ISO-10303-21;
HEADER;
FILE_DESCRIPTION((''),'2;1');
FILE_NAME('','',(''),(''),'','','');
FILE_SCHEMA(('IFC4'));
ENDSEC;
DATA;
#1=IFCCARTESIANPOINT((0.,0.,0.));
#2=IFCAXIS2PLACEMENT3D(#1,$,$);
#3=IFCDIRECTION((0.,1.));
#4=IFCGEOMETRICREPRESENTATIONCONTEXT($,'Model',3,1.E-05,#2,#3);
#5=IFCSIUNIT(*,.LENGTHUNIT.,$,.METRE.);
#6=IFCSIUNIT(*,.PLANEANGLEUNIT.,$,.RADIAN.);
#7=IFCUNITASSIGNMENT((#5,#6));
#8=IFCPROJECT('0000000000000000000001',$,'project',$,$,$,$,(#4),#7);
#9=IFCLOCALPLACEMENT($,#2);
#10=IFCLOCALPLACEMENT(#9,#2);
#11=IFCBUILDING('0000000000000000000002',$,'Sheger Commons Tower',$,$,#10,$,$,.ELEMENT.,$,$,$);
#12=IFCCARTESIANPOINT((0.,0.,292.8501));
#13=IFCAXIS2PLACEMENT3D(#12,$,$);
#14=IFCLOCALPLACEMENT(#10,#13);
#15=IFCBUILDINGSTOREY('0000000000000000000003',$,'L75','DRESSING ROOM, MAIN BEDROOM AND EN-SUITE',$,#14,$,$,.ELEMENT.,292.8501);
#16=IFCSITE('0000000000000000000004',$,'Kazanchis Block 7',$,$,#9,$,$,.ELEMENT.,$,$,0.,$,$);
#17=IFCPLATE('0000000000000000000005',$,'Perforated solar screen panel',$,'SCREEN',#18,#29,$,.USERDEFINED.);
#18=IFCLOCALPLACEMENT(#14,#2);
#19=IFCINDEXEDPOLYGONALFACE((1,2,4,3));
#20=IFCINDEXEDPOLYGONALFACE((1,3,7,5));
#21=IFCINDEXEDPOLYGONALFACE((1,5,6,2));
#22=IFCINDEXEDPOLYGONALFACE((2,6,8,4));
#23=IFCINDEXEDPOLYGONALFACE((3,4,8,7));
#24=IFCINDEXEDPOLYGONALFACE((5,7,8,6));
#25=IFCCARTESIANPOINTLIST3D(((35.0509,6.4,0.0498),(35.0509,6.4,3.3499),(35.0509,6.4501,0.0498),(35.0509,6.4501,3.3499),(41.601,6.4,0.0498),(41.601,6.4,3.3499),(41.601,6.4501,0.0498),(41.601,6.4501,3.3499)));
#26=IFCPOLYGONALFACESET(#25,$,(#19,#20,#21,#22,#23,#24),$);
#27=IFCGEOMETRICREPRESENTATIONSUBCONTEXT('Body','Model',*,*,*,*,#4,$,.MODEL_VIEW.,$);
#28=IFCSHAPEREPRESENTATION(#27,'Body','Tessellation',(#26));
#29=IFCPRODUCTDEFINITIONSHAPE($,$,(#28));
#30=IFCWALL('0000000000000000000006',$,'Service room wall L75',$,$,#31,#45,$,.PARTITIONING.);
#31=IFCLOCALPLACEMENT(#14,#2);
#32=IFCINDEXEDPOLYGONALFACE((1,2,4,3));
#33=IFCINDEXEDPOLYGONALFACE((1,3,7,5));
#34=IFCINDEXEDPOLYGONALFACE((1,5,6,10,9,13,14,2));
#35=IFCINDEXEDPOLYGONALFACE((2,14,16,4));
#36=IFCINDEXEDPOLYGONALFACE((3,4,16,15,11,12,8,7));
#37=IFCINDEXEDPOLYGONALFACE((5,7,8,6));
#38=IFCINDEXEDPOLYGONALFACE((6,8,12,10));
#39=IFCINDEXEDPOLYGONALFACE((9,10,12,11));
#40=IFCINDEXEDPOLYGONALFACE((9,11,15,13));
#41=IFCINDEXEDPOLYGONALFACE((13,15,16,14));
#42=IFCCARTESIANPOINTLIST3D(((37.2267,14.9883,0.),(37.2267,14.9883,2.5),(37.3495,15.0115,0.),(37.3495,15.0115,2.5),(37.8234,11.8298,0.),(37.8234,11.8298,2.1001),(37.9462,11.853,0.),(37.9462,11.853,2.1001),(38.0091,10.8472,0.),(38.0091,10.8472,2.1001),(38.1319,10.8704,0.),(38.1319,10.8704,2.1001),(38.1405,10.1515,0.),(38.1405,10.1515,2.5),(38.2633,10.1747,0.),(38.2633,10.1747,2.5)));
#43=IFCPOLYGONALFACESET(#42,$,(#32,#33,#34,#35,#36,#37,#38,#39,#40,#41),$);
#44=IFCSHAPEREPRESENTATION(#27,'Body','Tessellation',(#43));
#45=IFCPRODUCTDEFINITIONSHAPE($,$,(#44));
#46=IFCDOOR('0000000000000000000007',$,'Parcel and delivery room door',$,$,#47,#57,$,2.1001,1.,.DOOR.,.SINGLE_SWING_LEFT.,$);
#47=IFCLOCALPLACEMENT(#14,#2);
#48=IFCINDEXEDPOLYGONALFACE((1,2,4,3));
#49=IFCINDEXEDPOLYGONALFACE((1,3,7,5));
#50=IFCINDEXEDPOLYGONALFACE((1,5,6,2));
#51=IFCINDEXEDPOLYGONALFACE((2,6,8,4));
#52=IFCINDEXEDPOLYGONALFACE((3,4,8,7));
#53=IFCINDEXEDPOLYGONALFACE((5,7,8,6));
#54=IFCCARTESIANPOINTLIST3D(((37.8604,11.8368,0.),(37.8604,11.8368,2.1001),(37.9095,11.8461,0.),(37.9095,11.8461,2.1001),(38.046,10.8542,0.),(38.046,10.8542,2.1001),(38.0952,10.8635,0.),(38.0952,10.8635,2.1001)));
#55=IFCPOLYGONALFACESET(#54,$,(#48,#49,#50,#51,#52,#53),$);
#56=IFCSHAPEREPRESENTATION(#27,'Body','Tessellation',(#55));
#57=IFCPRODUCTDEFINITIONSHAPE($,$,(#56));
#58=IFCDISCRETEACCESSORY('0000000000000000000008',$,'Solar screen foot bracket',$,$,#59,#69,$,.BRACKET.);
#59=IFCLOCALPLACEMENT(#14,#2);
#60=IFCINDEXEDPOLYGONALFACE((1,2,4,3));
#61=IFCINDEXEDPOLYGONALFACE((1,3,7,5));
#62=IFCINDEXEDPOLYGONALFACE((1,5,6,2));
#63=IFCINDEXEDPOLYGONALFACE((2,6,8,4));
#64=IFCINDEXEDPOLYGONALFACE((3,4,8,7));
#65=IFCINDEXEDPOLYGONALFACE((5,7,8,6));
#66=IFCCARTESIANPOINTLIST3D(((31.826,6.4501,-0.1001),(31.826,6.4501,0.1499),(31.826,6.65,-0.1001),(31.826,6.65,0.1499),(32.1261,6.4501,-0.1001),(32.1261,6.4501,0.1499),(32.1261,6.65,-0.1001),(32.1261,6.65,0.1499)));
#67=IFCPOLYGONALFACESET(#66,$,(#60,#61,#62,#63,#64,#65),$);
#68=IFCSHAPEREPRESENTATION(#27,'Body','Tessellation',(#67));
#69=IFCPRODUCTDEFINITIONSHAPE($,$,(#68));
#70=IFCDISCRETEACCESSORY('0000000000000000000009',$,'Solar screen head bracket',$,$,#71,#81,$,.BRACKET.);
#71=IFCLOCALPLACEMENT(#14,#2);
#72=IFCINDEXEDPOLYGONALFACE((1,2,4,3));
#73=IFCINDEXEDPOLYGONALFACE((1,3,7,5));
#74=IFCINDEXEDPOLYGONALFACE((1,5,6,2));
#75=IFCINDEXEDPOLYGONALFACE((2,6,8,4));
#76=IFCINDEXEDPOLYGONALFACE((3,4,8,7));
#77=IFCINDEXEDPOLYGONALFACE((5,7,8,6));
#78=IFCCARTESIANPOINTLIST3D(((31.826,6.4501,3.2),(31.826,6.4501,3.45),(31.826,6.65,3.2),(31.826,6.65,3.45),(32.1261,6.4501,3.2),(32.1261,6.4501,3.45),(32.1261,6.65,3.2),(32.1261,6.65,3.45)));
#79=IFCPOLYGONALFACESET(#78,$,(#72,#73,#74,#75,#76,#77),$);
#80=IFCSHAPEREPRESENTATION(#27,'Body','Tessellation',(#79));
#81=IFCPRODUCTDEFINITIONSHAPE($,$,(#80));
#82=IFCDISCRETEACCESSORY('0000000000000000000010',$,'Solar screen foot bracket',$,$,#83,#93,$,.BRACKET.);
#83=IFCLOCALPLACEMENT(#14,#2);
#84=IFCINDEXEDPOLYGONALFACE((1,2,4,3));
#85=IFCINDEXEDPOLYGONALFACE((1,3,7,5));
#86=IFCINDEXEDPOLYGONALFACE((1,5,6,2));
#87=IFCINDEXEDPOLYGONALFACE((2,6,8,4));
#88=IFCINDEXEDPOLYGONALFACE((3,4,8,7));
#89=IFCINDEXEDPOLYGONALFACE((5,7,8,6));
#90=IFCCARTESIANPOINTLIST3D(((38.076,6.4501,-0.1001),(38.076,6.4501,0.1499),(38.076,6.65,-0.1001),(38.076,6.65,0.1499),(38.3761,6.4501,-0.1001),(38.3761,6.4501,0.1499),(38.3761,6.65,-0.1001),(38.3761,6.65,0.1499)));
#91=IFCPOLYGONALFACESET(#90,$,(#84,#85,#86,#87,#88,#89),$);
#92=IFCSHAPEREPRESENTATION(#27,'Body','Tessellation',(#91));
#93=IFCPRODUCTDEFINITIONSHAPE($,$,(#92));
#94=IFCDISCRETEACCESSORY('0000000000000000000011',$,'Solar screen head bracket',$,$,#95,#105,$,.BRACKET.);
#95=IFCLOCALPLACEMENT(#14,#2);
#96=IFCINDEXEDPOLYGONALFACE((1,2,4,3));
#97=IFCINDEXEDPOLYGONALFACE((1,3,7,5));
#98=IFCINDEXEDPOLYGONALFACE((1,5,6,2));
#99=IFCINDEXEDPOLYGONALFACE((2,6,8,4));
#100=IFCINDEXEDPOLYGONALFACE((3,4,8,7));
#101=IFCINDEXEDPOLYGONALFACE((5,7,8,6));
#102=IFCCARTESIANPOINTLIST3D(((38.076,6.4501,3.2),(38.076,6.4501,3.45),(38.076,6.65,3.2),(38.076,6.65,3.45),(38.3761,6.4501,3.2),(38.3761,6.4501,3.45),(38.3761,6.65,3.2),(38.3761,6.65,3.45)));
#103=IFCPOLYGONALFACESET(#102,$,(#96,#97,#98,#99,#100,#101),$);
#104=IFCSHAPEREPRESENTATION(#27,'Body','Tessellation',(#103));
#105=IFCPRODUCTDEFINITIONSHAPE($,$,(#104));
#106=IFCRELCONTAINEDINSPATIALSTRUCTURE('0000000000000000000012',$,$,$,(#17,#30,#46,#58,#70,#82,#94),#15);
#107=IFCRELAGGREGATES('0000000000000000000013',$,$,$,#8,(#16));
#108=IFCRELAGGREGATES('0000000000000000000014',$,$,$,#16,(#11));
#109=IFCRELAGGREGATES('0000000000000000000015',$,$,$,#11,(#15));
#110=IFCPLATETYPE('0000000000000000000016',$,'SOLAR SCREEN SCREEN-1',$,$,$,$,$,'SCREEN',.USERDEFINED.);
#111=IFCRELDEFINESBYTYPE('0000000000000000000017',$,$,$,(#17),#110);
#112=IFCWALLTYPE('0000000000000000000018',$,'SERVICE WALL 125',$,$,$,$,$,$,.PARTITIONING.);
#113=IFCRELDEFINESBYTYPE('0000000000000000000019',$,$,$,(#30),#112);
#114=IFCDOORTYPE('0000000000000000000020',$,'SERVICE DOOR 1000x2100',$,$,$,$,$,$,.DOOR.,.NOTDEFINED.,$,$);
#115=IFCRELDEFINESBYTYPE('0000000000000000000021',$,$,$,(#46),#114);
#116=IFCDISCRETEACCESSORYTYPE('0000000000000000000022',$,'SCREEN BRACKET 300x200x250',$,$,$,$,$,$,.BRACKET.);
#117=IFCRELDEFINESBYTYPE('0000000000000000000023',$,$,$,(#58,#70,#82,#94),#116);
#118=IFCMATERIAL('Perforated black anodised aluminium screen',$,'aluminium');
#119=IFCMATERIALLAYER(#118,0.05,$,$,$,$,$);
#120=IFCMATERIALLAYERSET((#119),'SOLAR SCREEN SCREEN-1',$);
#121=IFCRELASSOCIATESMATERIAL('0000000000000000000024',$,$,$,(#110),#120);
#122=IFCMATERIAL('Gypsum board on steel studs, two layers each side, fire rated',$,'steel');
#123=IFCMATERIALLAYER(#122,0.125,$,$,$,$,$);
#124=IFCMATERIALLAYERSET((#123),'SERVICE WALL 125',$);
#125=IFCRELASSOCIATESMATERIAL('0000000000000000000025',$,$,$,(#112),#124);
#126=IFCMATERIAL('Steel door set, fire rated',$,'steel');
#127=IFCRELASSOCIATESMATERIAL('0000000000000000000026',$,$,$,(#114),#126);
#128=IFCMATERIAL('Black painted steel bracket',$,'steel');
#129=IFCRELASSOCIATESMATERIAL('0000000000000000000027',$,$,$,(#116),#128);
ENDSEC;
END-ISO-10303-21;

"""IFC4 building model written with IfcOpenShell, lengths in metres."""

from ifc_helpers import new_model, si_unit, direction, frame, frame_2d, origin, origin_2d, place, context, subcontext, project, spatial, rectangle, extrude, material, layer, layer_set, type_object, element, fill, save


model = new_model("IFC4")

# Units and contexts
model_context = context("Model", 3, precision=1e-05, world=origin(), true_north=direction((0.0, 1.0)))
body_context = subcontext(model_context, "Body", "Model", "MODEL_VIEW")
ifc_project = project(units=[si_unit("LENGTHUNIT", "METRE"), si_unit("PLANEANGLEUNIT", "RADIAN")], contexts=[model_context])

# Site, building, storey
site_placement = place(None, origin())
site = spatial("IfcSite", under=ifc_project, at=site_placement, Name="Kazanchis Block 7", CompositionType="ELEMENT", RefElevation=0.0)
building_placement = place(site_placement, origin())
building = spatial("IfcBuilding", under=site, at=building_placement, Name="Sheger Commons Tower", CompositionType="ELEMENT")
storey_placement = place(building_placement, frame((0.0, 0.0, 292.8501)))
storey = spatial("IfcBuildingStorey", under=building, at=storey_placement, Name="L75", Description="DRESSING ROOM, MAIN BEDROOM AND EN-SUITE", CompositionType="ELEMENT", Elevation=292.8501)

# Plate
ifc_material_1 = material(Name="Perforated black anodised aluminium screen", Category="aluminium")
ifc_layer_1 = layer(ifc_material_1, 0.05)
ifc_layer_set_1 = layer_set([ifc_layer_1], Name="SOLAR SCREEN SCREEN-1")
plate_type_1 = type_object("IfcPlateType", Name="SOLAR SCREEN SCREEN-1", ElementType="SCREEN", PredefinedType="USERDEFINED", material=ifc_layer_set_1)
plate_1_placement = place(storey_placement, frame((38.3259, 6.425, 0.0498), z_axis=(0.0, 0.0, 1.0), x_axis=(1.0, 0.0, 0.0)))
element("IfcPlate", 1, at=plate_1_placement, inside=storey, type_object=plate_type_1, Name="Perforated solar screen panel", ObjectType="SCREEN", PredefinedType="USERDEFINED", context=body_context, shape_type="SweptSolid", body=[
    extrude(rectangle(XDim=6.55, YDim=0.05, at=origin_2d()), origin(), (0.0, 0.0, 1.0), 3.3),
])

# Wall, opening, door
ifc_material_2 = material(Name="Gypsum board on steel studs, two layers each side, fire rated", Category="steel")
ifc_layer_2 = layer(ifc_material_2, 0.125)
ifc_layer_set_2 = layer_set([ifc_layer_2], Name="SERVICE WALL 125")
wall_type = type_object("IfcWallType", Name="SERVICE WALL 125", PredefinedType="PARTITIONING", material=ifc_layer_set_2)
wall_placement = place(storey_placement, frame((38.2019, 10.1631, 0.0), z_axis=(0.0, 0.0, 1.0), x_axis=(-0.185642, 0.982617, 0.0)))
wall = element("IfcWall", 2, at=wall_placement, inside=storey, type_object=wall_type, Name="Service room wall L75", PredefinedType="PARTITIONING", context=body_context, shape_type="SweptSolid", body=[
    extrude(rectangle(XDim=4.9224, YDim=0.125, at=frame_2d((2.4612, 0.0))), origin(), (0.0, 0.0, 1.0), 2.5),
])
opening_placement = place(wall_placement, frame((0.708, 0.0, 0.0)))
opening = element("IfcOpeningElement", 3, at=opening_placement, cuts=wall, PredefinedType="OPENING", context=body_context, shape_type="SweptSolid", body=[
    extrude(rectangle(XDim=1.0, YDim=2.1001, at=frame_2d((0.5, 1.05))), frame((0.0, 0.0725, 0.0), z_axis=(0.0, -1.0, 0.0), x_axis=(1.0, 0.0, 0.0)), (0.0, 0.0, 1.0), 0.145),
])
ifc_material_3 = material(Name="Steel door set, fire rated", Category="steel")
door_type = type_object("IfcDoorType", Name="SERVICE DOOR 1000x2100", OperationType="NOTDEFINED", PredefinedType="DOOR", material=ifc_material_3)
door_placement = place(opening_placement, origin())
door = element("IfcDoor", 4, at=door_placement, inside=storey, type_object=door_type, Name="Parcel and delivery room door", OperationType="SINGLE_SWING_LEFT", OverallHeight=2.1001, OverallWidth=1.0, PredefinedType="DOOR", context=body_context, shape_type="SweptSolid", body=[
    extrude(rectangle(XDim=1.0, YDim=2.1001, at=frame_2d((0.5, 1.05))), frame((0.0, 0.0249, 0.0), z_axis=(0.0, -1.0, 0.0), x_axis=(1.0, 0.0, 0.0)), (0.0, 0.0, 1.0), 0.05),
])
fill(opening, door)

# Discrete accessories
ifc_material_4 = material(Name="Black painted steel bracket", Category="steel")
discrete_accessory_type = type_object("IfcDiscreteAccessoryType", Name="SCREEN BRACKET 300x200x250", PredefinedType="BRACKET", material=ifc_material_4)
for number, where, z_axis, x_axis, name in (
    (5, (31.9761, 6.55, -0.1001), (0.0, 0.0, 1.0), (1.0, 0.0, 0.0), "Solar screen foot bracket"),
    (6, (31.9761, 6.55, 3.2), (0.0, 0.0, 1.0), (1.0, 0.0, 0.0), "Solar screen head bracket"),
    (7, (38.2261, 6.55, -0.1001), (0.0, 0.0, 1.0), (1.0, 0.0, 0.0), "Solar screen foot bracket"),
    (8, (38.2261, 6.55, 3.2), (0.0, 0.0, 1.0), (1.0, 0.0, 0.0), "Solar screen head bracket"),
):
    element("IfcDiscreteAccessory", number, at=place(storey_placement, frame(where, z_axis=z_axis, x_axis=x_axis)), inside=storey, type_object=discrete_accessory_type, Name=name, PredefinedType="BRACKET", context=body_context, shape_type="SweptSolid", body=[
        extrude(rectangle(XDim=0.3, YDim=0.2, at=origin_2d()), origin(), (0.0, 0.0, 1.0), 0.25),
    ])

save(model, "model.ifc")
